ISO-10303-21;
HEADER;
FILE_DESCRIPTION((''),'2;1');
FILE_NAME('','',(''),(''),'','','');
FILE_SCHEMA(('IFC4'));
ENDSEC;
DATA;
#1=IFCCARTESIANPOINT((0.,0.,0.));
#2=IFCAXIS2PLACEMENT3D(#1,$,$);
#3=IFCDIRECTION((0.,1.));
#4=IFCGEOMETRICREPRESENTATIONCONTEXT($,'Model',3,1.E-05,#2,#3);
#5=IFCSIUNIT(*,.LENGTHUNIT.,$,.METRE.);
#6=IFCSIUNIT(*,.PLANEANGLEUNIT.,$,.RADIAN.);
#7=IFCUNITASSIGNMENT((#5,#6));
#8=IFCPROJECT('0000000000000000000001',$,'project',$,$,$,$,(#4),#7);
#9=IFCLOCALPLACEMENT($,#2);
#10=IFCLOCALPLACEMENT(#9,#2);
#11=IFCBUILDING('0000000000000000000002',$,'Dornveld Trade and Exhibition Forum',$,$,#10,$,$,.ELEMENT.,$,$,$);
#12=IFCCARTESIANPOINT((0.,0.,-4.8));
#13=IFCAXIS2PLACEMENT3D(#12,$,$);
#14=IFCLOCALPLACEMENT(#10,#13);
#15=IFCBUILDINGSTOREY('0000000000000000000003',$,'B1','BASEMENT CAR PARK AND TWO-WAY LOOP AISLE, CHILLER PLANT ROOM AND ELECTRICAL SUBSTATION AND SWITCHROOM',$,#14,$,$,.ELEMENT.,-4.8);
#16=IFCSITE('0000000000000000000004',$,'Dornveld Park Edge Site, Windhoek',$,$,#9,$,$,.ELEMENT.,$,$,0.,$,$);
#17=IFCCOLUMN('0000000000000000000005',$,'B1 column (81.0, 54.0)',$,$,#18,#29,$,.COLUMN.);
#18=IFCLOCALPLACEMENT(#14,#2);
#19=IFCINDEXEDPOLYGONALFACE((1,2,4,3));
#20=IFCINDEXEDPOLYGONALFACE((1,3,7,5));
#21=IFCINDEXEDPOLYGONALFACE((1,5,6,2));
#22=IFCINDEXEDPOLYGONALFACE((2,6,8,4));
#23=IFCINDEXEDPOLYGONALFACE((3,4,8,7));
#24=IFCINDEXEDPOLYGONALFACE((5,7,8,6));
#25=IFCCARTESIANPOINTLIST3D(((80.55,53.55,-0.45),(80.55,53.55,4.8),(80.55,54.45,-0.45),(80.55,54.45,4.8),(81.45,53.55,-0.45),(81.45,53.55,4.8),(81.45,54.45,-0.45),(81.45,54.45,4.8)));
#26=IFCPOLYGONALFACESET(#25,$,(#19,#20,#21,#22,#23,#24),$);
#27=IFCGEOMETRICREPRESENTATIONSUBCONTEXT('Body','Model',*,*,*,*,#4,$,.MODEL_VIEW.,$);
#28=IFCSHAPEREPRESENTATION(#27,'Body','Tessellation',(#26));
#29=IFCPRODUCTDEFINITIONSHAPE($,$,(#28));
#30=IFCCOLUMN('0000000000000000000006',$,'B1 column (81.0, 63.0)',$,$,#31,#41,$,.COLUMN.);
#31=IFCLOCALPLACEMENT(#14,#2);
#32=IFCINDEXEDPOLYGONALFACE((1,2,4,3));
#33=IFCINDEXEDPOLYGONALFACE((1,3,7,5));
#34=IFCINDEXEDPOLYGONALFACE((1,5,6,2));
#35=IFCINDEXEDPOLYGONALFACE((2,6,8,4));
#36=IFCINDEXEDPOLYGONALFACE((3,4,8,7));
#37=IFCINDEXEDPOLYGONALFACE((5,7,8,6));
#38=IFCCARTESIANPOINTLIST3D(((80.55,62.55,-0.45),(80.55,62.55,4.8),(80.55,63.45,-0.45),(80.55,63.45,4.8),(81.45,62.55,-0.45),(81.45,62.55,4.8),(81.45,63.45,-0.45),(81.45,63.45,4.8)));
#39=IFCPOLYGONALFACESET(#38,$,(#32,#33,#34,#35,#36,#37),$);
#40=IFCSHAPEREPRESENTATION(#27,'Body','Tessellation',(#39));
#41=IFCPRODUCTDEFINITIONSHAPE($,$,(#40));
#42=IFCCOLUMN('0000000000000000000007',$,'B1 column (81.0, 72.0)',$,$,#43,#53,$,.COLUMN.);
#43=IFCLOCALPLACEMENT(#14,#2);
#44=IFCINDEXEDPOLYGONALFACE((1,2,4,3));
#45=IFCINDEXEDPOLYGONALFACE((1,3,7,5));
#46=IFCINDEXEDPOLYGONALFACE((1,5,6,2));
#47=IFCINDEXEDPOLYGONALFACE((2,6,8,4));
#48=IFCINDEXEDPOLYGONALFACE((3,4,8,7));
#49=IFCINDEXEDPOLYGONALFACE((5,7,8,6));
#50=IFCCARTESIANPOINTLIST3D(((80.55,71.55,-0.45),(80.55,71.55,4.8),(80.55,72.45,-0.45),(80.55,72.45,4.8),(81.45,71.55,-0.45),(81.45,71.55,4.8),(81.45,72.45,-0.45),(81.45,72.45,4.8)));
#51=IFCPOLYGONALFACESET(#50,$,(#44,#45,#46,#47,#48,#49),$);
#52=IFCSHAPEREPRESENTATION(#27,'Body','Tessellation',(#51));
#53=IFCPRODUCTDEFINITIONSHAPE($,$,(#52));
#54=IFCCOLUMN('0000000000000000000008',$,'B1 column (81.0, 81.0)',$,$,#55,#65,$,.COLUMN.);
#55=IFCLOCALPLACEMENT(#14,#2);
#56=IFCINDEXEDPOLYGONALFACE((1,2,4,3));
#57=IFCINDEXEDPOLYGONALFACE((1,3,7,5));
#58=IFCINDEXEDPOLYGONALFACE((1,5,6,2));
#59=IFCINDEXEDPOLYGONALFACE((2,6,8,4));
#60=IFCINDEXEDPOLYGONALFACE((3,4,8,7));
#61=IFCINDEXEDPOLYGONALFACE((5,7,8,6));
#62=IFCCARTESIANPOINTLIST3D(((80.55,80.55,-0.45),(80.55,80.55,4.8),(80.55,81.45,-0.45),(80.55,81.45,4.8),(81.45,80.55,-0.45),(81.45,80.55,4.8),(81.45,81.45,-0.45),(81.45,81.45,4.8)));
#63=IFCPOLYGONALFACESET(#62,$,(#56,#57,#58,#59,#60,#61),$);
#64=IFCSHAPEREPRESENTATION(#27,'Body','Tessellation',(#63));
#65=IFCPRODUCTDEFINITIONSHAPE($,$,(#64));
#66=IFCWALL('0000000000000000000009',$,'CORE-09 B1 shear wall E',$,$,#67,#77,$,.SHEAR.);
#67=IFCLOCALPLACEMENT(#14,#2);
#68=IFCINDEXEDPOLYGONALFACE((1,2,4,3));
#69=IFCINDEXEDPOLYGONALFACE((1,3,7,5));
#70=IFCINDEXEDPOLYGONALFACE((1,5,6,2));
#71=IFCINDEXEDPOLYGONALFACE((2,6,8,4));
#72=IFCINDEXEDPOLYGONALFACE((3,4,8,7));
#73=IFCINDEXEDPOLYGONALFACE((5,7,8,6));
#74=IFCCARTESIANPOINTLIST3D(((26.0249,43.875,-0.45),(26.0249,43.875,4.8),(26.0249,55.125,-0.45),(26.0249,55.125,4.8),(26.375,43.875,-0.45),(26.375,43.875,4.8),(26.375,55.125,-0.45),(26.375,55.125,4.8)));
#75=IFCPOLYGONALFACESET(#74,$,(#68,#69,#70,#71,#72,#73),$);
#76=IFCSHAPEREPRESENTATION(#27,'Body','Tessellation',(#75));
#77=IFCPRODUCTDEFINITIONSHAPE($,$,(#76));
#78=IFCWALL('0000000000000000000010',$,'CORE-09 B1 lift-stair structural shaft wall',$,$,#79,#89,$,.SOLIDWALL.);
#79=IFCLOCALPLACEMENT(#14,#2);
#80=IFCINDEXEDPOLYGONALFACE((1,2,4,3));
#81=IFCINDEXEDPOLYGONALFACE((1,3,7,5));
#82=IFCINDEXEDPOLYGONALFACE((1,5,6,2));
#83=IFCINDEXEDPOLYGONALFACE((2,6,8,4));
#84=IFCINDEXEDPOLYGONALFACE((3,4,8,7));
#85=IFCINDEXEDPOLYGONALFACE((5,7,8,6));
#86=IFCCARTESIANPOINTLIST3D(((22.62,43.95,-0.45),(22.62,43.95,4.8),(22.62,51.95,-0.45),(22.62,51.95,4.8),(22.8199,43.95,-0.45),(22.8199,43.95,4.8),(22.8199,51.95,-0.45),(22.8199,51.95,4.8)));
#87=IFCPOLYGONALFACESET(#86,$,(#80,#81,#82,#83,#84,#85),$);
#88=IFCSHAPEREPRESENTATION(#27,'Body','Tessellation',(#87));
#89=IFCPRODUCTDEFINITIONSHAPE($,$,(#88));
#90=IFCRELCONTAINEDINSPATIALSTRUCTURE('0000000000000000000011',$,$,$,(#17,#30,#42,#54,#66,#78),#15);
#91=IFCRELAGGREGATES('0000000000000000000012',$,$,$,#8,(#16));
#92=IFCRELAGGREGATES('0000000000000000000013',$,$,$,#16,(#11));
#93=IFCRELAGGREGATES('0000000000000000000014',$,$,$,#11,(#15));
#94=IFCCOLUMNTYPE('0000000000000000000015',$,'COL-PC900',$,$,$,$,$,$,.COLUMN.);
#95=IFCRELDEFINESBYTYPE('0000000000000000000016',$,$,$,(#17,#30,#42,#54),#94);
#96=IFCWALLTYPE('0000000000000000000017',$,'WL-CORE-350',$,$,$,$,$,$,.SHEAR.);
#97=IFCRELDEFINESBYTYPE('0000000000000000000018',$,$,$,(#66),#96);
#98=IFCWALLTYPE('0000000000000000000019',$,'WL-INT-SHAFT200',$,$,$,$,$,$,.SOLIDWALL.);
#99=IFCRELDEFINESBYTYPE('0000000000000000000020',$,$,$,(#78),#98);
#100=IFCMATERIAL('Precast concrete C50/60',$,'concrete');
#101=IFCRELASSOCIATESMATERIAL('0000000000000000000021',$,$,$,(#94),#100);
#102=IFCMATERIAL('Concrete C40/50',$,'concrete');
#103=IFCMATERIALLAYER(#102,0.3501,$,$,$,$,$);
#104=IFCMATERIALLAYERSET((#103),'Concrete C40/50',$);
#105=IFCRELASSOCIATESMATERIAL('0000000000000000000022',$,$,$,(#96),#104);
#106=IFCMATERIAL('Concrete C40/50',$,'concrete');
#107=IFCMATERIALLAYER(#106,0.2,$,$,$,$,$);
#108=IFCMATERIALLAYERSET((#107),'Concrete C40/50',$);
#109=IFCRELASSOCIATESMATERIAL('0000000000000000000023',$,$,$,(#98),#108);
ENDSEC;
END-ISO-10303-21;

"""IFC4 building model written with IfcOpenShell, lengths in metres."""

from ifc_helpers import new_model, si_unit, direction, frame, frame_2d, origin, origin_2d, place, context, subcontext, project, spatial, rectangle, extrude, material, layer, layer_set, material_profile, profile_set, type_object, element, save


model = new_model("IFC4")

# Units and contexts
model_context = context("Model", 3, precision=1e-05, world=origin(), true_north=direction((0.0, 1.0)))
body_context = subcontext(model_context, "Body", "Model", "MODEL_VIEW")
ifc_project = project(units=[si_unit("LENGTHUNIT", "METRE"), si_unit("PLANEANGLEUNIT", "RADIAN")], contexts=[model_context])

# Site, building, storey
site_placement = place(None, origin())
site = spatial("IfcSite", under=ifc_project, at=site_placement, Name="Dornveld Park Edge Site, Windhoek", CompositionType="ELEMENT", RefElevation=0.0)
building_placement = place(site_placement, origin())
building = spatial("IfcBuilding", under=site, at=building_placement, Name="Dornveld Trade and Exhibition Forum", CompositionType="ELEMENT")
storey_placement = place(building_placement, frame((0.0, 0.0, -4.8)))
storey = spatial("IfcBuildingStorey", under=building, at=storey_placement, Name="B1", Description="BASEMENT CAR PARK AND TWO-WAY LOOP AISLE, CHILLER PLANT ROOM AND ELECTRICAL SUBSTATION AND SWITCHROOM", CompositionType="ELEMENT", Elevation=-4.8)

# Columns
ifc_material_1 = material(Name="Precast concrete C50/60", Category="concrete")
ifc_material_profile_1 = material_profile(ifc_material_1, rectangle(XDim=0.8999, YDim=0.8999, at=origin_2d()), Name="PC-COL 900x900")
ifc_profile_set_1 = profile_set([ifc_material_profile_1], Name="Precast concrete C50/60")
column_type = type_object("IfcColumnType", Name="COL-PC900", PredefinedType="COLUMN", material=ifc_profile_set_1)
for number, where, z_axis, x_axis, name in (
    (1, (81.0, 54.0, -0.45), (0.0, 0.0, 1.0), (1.0, 0.0, 0.0), "B1 column (81.0, 54.0)"),
    (2, (81.0, 63.0, -0.45), (0.0, 0.0, 1.0), (1.0, 0.0, 0.0), "B1 column (81.0, 63.0)"),
    (3, (81.0, 72.0, -0.45), (0.0, 0.0, 1.0), (1.0, 0.0, 0.0), "B1 column (81.0, 72.0)"),
    (4, (81.0, 81.0, -0.45), (0.0, 0.0, 1.0), (1.0, 0.0, 0.0), "B1 column (81.0, 81.0)"),
):
    element("IfcColumn", number, at=place(storey_placement, frame(where, z_axis=z_axis, x_axis=x_axis)), inside=storey, type_object=column_type, Name=name, PredefinedType="COLUMN", context=body_context, shape_type="SweptSolid", body=[
        extrude(rectangle(XDim=0.8999, YDim=0.8999, at=origin_2d()), origin(), (0.0, 0.0, 1.0), 5.25),
    ])

# Walls
ifc_material_2 = material(Name="Concrete C40/50", Category="concrete")
ifc_layer_1 = layer(ifc_material_2, 0.3501)
ifc_layer_set_1 = layer_set([ifc_layer_1], Name="Concrete C40/50")
wall_type_1 = type_object("IfcWallType", Name="WL-CORE-350", PredefinedType="SHEAR", material=ifc_layer_set_1)
wall_1_placement = place(storey_placement, frame((26.2, 43.875, -0.45), z_axis=(0.0, 0.0, 1.0), x_axis=(0.0, 1.0, 0.0)))
element("IfcWall", 5, at=wall_1_placement, inside=storey, type_object=wall_type_1, Name="CORE-09 B1 shear wall E", PredefinedType="SHEAR", context=body_context, shape_type="SweptSolid", body=[
    extrude(rectangle(XDim=11.25, YDim=0.3501, at=frame_2d((5.625, 0.0))), origin(), (0.0, 0.0, 1.0), 5.25),
])
ifc_material_3 = material(Name="Concrete C40/50", Category="concrete")
ifc_layer_2 = layer(ifc_material_3, 0.2)
ifc_layer_set_2 = layer_set([ifc_layer_2], Name="Concrete C40/50")
wall_type_2 = type_object("IfcWallType", Name="WL-INT-SHAFT200", PredefinedType="SOLIDWALL", material=ifc_layer_set_2)
wall_2_placement = place(storey_placement, frame((22.72, 43.95, -0.45), z_axis=(0.0, 0.0, 1.0), x_axis=(0.0, 1.0, 0.0)))
element("IfcWall", 6, at=wall_2_placement, inside=storey, type_object=wall_type_2, Name="CORE-09 B1 lift-stair structural shaft wall", PredefinedType="SOLIDWALL", context=body_context, shape_type="SweptSolid", body=[
    extrude(rectangle(XDim=8.0, YDim=0.2, at=frame_2d((4.0, 0.0))), origin(), (0.0, 0.0, 1.0), 5.25),
])

save(model, "model.ifc")
